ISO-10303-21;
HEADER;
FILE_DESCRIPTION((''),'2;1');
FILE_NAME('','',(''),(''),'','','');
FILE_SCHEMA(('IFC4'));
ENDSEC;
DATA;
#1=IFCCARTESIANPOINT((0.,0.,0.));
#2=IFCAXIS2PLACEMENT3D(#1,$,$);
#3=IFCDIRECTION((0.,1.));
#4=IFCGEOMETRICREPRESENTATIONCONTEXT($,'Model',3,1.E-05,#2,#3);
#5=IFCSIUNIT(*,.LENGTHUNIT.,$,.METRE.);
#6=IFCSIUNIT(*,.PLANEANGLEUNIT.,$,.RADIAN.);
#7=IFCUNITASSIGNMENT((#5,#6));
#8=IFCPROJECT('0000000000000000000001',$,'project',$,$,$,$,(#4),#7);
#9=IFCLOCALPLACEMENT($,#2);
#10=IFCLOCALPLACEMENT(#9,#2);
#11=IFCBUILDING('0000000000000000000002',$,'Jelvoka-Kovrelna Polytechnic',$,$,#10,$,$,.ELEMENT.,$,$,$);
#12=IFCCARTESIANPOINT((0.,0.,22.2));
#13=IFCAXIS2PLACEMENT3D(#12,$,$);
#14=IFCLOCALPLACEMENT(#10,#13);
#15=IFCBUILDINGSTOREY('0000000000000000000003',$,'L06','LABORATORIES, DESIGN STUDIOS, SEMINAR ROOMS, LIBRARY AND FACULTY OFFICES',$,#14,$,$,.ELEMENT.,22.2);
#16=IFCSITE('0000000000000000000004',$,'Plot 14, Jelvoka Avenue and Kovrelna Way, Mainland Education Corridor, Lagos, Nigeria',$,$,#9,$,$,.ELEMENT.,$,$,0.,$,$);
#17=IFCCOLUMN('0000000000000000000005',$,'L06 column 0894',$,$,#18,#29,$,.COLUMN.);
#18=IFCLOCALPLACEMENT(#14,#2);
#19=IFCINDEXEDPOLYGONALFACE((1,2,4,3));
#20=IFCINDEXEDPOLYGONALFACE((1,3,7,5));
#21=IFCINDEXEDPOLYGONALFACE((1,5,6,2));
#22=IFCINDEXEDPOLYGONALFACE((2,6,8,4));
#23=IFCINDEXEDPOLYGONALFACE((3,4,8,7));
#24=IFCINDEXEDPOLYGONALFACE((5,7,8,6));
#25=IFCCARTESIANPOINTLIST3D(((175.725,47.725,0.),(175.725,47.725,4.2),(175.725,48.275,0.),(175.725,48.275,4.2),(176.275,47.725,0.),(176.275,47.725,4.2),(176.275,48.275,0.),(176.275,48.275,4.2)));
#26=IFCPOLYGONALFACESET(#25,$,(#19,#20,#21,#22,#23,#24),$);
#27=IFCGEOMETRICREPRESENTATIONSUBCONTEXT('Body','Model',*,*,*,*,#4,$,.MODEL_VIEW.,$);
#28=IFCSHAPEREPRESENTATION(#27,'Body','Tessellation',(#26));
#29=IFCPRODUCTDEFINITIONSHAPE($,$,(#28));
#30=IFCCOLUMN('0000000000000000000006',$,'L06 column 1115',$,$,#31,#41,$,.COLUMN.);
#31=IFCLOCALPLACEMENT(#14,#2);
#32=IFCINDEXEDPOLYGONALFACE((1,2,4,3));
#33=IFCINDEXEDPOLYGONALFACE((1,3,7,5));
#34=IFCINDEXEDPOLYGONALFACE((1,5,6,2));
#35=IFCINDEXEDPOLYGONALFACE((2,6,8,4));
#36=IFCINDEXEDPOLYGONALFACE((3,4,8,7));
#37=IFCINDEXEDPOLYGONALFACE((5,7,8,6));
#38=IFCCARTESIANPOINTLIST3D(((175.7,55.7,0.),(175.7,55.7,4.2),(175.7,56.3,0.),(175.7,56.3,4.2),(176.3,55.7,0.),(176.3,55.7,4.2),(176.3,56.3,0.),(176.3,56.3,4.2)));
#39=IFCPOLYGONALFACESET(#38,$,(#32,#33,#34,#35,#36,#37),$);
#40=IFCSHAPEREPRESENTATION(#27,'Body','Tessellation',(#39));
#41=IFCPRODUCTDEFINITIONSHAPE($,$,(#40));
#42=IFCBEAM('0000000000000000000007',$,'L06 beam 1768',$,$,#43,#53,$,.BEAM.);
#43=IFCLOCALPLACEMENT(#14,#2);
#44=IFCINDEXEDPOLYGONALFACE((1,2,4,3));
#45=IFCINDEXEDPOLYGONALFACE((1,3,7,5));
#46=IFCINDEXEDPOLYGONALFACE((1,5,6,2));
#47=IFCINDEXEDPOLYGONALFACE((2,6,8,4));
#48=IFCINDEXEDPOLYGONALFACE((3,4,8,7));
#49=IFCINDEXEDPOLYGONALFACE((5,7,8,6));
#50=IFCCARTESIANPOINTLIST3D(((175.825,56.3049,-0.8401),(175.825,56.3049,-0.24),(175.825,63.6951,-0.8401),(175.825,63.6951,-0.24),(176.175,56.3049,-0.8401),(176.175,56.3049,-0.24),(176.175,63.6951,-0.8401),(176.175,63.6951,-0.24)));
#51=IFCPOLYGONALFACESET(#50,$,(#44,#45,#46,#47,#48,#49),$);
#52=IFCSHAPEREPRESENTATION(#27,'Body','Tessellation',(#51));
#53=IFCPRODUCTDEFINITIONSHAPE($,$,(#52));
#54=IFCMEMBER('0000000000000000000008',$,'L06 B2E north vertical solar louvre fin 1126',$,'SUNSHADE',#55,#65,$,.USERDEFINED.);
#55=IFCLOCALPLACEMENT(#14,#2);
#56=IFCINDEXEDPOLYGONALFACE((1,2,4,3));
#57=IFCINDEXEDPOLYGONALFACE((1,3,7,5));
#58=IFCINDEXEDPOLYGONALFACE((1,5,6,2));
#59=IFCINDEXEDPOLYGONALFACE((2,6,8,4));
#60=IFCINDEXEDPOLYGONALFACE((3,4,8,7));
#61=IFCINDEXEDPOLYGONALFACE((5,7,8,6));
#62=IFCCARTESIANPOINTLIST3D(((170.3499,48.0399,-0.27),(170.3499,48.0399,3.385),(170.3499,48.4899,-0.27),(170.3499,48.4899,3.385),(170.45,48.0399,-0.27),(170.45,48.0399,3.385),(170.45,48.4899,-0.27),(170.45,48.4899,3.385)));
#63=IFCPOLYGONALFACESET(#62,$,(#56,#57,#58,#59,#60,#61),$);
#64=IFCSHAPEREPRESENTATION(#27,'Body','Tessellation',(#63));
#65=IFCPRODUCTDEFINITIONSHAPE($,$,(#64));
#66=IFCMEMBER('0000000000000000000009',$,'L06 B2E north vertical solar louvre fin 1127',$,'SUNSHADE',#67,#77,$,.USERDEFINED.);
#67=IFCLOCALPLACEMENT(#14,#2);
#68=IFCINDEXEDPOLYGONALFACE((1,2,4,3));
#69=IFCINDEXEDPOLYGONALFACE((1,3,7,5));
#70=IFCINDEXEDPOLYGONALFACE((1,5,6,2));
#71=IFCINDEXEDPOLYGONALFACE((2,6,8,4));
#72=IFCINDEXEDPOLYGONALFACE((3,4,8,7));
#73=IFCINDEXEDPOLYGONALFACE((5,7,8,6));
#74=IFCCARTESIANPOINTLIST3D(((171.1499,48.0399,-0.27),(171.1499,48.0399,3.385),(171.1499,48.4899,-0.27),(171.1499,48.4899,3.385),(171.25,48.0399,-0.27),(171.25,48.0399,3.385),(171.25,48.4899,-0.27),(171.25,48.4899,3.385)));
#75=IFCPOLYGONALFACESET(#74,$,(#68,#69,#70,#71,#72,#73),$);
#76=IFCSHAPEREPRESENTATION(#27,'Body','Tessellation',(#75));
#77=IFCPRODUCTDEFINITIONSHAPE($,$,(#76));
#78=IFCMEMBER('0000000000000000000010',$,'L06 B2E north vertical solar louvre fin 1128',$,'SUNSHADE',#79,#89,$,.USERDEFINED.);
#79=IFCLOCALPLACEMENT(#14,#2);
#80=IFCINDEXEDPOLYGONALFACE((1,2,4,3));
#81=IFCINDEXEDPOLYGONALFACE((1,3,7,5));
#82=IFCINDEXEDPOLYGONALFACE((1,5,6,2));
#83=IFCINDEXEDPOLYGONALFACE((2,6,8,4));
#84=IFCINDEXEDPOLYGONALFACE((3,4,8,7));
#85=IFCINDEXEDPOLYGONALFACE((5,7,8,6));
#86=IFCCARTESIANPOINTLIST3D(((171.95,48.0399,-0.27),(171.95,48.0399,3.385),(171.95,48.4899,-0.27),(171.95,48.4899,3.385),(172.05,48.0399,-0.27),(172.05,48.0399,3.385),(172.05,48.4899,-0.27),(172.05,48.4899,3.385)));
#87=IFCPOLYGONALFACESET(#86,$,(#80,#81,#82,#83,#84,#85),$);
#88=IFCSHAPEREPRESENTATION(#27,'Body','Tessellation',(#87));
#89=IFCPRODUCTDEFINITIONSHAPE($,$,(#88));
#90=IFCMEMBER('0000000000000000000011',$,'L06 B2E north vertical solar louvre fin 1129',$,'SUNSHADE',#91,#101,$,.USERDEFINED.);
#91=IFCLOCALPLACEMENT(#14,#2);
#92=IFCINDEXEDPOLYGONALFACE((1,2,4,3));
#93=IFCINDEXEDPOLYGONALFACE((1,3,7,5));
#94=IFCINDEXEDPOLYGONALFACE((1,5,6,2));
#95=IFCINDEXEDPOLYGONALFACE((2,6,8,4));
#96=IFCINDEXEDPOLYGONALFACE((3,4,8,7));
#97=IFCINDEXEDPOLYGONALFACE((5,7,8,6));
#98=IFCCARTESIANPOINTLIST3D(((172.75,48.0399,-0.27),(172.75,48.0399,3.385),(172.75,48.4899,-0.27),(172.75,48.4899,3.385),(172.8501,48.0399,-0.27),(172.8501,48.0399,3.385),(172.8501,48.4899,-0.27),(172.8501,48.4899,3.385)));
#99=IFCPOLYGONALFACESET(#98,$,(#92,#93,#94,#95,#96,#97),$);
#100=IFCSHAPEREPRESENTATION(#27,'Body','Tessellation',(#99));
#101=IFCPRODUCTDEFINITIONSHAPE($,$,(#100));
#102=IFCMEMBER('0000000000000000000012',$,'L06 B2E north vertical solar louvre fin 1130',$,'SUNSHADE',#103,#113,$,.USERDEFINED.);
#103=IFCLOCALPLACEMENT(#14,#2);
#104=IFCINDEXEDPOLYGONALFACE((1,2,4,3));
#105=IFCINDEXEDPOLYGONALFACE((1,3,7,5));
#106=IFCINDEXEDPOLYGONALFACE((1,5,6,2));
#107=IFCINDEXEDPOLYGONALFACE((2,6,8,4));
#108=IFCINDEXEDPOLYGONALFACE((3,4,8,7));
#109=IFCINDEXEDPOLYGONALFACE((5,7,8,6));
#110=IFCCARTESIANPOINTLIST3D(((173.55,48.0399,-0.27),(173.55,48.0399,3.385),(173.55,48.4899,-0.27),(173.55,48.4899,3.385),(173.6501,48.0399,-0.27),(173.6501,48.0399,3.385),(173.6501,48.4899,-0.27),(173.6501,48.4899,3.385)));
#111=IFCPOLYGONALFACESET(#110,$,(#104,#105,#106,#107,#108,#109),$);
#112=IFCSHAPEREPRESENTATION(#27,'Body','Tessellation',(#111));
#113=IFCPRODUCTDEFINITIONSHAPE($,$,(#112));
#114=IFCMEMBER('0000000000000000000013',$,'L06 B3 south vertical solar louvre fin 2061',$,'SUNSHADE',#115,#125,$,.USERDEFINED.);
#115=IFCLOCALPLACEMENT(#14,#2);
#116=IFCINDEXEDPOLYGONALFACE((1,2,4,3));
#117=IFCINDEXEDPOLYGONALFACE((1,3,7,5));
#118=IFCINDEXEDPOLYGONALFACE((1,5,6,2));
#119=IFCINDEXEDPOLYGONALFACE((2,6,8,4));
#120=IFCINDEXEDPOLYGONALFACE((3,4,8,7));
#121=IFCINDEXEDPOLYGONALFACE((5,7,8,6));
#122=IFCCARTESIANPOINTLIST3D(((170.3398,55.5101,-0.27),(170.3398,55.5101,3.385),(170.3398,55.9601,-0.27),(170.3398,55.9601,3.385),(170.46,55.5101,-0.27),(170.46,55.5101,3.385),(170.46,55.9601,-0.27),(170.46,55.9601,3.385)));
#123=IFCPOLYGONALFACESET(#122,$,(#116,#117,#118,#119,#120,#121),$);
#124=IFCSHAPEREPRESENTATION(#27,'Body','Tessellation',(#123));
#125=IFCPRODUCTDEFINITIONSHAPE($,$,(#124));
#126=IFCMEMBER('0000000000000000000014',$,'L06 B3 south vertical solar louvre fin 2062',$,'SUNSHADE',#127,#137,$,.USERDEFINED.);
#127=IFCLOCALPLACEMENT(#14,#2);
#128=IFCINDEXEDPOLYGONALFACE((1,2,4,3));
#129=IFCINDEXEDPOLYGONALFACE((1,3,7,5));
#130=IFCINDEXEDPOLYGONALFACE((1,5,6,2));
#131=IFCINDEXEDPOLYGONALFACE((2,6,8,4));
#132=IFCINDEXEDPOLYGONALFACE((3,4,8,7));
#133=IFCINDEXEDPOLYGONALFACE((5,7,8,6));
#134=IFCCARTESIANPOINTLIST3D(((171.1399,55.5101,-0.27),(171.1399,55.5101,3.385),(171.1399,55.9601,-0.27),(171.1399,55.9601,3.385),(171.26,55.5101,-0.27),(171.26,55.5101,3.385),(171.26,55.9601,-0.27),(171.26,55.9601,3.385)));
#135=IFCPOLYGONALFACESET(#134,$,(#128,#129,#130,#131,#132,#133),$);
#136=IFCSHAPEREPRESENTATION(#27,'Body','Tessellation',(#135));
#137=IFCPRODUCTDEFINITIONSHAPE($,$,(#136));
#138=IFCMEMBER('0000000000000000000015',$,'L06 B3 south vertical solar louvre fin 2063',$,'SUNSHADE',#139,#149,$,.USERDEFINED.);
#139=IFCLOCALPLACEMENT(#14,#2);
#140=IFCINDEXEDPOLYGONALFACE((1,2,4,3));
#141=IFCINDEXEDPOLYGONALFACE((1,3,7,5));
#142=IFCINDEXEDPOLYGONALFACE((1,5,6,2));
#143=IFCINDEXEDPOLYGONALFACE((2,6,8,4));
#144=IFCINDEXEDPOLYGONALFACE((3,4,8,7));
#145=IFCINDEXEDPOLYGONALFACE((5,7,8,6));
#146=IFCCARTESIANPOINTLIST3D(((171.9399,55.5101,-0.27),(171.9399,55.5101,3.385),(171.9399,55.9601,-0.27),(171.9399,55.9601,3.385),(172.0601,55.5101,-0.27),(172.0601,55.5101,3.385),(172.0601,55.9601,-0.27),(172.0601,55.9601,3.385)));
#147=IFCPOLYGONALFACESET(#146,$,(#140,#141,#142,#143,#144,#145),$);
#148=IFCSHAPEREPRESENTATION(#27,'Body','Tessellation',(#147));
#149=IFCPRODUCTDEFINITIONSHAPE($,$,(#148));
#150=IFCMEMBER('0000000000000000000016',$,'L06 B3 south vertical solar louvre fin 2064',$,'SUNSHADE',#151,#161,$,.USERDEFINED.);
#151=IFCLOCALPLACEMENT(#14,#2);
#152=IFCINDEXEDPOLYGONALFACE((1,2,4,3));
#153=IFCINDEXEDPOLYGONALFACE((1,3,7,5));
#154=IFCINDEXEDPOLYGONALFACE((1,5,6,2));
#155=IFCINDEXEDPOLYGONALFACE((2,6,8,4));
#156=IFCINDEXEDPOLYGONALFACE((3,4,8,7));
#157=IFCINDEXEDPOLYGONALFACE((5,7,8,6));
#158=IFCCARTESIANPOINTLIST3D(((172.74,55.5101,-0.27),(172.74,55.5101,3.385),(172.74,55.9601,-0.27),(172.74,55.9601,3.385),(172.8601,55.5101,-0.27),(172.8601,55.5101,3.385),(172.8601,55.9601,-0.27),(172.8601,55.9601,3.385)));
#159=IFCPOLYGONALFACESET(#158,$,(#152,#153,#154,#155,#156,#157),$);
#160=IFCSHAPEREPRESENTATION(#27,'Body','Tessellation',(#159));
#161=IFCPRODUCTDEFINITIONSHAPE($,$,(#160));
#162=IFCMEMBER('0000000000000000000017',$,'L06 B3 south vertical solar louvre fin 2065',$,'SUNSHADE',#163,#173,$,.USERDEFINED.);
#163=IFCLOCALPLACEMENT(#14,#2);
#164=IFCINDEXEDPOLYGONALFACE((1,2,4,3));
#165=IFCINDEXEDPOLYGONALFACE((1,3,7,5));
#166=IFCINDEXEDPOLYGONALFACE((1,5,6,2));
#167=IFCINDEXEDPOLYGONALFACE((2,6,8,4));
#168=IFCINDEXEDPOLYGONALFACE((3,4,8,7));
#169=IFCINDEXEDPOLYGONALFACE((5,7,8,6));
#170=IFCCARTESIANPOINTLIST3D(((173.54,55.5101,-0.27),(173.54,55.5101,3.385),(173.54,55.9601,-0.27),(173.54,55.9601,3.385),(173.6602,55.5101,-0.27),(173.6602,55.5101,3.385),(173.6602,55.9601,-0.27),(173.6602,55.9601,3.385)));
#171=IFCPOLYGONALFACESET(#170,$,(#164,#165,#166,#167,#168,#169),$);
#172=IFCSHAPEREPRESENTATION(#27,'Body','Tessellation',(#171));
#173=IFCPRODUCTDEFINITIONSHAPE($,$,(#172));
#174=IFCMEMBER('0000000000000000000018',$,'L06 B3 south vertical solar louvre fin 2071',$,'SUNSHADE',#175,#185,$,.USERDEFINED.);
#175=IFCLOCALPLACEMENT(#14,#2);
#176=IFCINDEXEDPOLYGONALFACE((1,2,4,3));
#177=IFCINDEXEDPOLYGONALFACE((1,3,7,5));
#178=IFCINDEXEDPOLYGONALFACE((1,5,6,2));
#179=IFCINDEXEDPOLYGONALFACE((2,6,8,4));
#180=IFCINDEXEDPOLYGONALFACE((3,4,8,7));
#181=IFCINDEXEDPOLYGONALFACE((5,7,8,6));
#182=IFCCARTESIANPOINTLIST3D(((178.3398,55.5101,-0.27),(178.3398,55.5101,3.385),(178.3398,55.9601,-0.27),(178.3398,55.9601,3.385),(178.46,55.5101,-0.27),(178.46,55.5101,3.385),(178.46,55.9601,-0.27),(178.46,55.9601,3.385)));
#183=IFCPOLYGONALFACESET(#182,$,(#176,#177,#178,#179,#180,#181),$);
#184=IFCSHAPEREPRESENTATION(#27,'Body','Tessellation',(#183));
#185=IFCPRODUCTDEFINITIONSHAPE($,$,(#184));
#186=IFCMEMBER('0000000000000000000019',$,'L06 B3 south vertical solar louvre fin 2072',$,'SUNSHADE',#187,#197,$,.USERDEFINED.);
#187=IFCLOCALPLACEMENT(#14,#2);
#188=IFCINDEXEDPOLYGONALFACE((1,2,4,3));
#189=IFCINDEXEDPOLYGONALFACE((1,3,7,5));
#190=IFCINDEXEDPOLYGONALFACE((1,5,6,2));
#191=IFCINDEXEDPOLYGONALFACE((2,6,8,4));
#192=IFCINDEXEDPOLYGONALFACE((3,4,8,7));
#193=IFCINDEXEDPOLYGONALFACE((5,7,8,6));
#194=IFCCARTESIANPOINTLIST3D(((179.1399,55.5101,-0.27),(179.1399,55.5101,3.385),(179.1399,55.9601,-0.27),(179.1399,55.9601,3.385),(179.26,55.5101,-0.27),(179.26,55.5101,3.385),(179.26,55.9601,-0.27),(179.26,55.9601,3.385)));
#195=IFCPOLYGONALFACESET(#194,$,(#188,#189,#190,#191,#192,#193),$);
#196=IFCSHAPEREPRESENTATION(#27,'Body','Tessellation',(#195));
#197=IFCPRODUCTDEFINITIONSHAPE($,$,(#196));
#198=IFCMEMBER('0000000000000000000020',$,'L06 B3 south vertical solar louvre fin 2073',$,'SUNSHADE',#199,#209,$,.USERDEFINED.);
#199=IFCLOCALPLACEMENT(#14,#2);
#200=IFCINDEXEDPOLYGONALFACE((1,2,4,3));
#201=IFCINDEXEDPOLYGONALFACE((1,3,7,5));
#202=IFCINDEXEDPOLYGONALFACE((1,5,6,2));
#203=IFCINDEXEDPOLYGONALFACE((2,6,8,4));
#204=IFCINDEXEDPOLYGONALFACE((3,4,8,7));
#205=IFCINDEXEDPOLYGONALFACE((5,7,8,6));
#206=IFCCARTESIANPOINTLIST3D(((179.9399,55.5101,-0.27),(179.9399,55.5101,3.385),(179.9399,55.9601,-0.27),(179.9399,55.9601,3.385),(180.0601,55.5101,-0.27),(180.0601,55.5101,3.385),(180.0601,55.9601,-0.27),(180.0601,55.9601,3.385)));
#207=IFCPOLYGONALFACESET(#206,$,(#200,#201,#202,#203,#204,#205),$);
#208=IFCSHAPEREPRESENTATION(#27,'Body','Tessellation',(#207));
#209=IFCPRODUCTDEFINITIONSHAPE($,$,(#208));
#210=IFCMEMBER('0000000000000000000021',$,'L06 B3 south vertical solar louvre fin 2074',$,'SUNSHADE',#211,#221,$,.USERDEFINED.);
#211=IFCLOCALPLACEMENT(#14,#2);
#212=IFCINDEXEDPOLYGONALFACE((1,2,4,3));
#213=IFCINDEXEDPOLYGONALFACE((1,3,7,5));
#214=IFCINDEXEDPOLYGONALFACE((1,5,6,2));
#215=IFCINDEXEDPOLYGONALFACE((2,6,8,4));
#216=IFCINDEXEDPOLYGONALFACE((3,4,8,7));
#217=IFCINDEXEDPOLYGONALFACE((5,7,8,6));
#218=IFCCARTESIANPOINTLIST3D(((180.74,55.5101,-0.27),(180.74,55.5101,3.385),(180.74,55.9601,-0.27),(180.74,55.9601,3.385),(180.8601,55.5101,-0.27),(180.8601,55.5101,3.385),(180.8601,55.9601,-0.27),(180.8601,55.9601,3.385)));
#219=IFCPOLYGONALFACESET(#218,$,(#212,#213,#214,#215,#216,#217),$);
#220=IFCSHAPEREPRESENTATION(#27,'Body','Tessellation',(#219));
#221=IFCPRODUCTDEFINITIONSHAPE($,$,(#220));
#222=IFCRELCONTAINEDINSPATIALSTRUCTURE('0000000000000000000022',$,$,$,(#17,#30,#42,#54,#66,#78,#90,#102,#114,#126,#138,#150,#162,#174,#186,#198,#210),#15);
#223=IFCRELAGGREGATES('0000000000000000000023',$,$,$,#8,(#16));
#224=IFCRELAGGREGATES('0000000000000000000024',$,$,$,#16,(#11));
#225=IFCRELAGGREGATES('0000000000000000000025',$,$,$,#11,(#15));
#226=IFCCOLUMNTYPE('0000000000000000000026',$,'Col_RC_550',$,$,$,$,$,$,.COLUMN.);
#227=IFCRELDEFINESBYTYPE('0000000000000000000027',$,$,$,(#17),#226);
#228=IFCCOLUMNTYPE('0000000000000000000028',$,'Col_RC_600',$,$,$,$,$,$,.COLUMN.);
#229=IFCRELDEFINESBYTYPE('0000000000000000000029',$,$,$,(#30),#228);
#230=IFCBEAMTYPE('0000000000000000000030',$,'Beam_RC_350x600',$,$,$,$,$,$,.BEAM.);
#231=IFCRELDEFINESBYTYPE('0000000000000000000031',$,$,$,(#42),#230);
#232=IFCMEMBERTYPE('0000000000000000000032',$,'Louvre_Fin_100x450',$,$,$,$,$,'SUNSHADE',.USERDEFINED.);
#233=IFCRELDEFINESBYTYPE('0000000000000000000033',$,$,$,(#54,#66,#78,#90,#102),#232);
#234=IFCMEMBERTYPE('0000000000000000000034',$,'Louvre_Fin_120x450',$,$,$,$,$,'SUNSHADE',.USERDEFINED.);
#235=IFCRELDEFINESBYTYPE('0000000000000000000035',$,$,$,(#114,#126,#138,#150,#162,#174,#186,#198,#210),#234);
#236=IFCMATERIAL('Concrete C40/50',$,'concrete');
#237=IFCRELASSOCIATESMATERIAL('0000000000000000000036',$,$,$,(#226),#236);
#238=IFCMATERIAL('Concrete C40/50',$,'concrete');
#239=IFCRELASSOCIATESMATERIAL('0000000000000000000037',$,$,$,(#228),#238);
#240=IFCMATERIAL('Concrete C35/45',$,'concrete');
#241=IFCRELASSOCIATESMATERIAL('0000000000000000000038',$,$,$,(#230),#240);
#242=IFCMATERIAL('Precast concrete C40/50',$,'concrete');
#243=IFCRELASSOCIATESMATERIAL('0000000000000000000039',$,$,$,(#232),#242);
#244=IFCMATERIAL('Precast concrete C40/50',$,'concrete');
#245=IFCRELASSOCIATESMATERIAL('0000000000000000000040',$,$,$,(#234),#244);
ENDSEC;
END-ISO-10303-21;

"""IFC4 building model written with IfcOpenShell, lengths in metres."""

from ifc_helpers import new_model, si_unit, direction, frame, origin, origin_2d, place, context, subcontext, project, spatial, rectangle, extrude, material, material_profile, profile_set, type_object, element, save


model = new_model("IFC4")

# Units and contexts
model_context = context("Model", 3, precision=1e-05, world=origin(), true_north=direction((0.0, 1.0)))
body_context = subcontext(model_context, "Body", "Model", "MODEL_VIEW")
ifc_project = project(units=[si_unit("LENGTHUNIT", "METRE"), si_unit("PLANEANGLEUNIT", "RADIAN")], contexts=[model_context])

# Site, building, storey
site_placement = place(None, origin())
site = spatial("IfcSite", under=ifc_project, at=site_placement, Name="Plot 14, Jelvoka Avenue and Kovrelna Way, Mainland Education Corridor, Lagos, Nigeria", CompositionType="ELEMENT", RefElevation=0.0)
building_placement = place(site_placement, origin())
building = spatial("IfcBuilding", under=site, at=building_placement, Name="Jelvoka-Kovrelna Polytechnic", CompositionType="ELEMENT")
storey_placement = place(building_placement, frame((0.0, 0.0, 22.2)))
storey = spatial("IfcBuildingStorey", under=building, at=storey_placement, Name="L06", Description="LABORATORIES, DESIGN STUDIOS, SEMINAR ROOMS, LIBRARY AND FACULTY OFFICES", CompositionType="ELEMENT", Elevation=22.2)

# Columns
ifc_material_1 = material(Name="Concrete C40/50", Category="concrete")
ifc_material_profile_1 = material_profile(ifc_material_1, rectangle(XDim=0.55, YDim=0.55, at=origin_2d()), Name="RC 550x550")
ifc_profile_set_1 = profile_set([ifc_material_profile_1], Name="Concrete C40/50")
column_type_1 = type_object("IfcColumnType", Name="Col_RC_550", PredefinedType="COLUMN", material=ifc_profile_set_1)
column_1_placement = place(storey_placement, frame((176.0, 48.0, 0.0), z_axis=(0.0, 0.0, 1.0), x_axis=(1.0, 0.0, 0.0)))
element("IfcColumn", 1, at=column_1_placement, inside=storey, type_object=column_type_1, Name="L06 column 0894", PredefinedType="COLUMN", context=body_context, shape_type="SweptSolid", body=[
    extrude(rectangle(XDim=0.55, YDim=0.55, at=origin_2d()), origin(), (0.0, 0.0, 1.0), 4.2),
])
ifc_material_2 = material(Name="Concrete C40/50", Category="concrete")
ifc_material_profile_2 = material_profile(ifc_material_2, rectangle(XDim=0.6001, YDim=0.6001, at=origin_2d()), Name="RC 600x600")
ifc_profile_set_2 = profile_set([ifc_material_profile_2], Name="Concrete C40/50")
column_type_2 = type_object("IfcColumnType", Name="Col_RC_600", PredefinedType="COLUMN", material=ifc_profile_set_2)
column_2_placement = place(storey_placement, frame((176.0, 56.0, 0.0), z_axis=(0.0, 0.0, 1.0), x_axis=(1.0, 0.0, 0.0)))
element("IfcColumn", 2, at=column_2_placement, inside=storey, type_object=column_type_2, Name="L06 column 1115", PredefinedType="COLUMN", context=body_context, shape_type="SweptSolid", body=[
    extrude(rectangle(XDim=0.6001, YDim=0.6001, at=origin_2d()), origin(), (0.0, 0.0, 1.0), 4.2),
])

# Beam
ifc_material_3 = material(Name="Concrete C35/45", Category="concrete")
ifc_material_profile_3 = material_profile(ifc_material_3, rectangle(XDim=0.3501, YDim=0.6001, at=origin_2d()), Name="RC 350x600")
ifc_profile_set_3 = profile_set([ifc_material_profile_3], Name="Concrete C35/45")
beam_type_1 = type_object("IfcBeamType", Name="Beam_RC_350x600", PredefinedType="BEAM", material=ifc_profile_set_3)
beam_1_placement = place(storey_placement, frame((176.0, 56.3049, -0.54), z_axis=(0.0, 1.0, 0.0), x_axis=(-1.0, 0.0, 0.0)))
element("IfcBeam", 3, at=beam_1_placement, inside=storey, type_object=beam_type_1, Name="L06 beam 1768", PredefinedType="BEAM", context=body_context, shape_type="SweptSolid", body=[
    extrude(rectangle(XDim=0.3501, YDim=0.6001, at=origin_2d()), origin(), (0.0, 0.0, 1.0), 7.3901),
])

# Members
ifc_material_4 = material(Name="Precast concrete C40/50", Category="concrete")
ifc_material_profile_4 = material_profile(ifc_material_4, rectangle(XDim=0.1001, YDim=0.45, at=origin_2d()), Name="PC 100x450")
ifc_profile_set_4 = profile_set([ifc_material_profile_4], Name="Precast concrete C40/50")
member_type_1 = type_object("IfcMemberType", Name="Louvre_Fin_100x450", ElementType="SUNSHADE", PredefinedType="USERDEFINED", material=ifc_profile_set_4)
for number, where, z_axis, x_axis, name in (
    (4, (170.3999, 48.2649, -0.27), (0.0, 0.0, 1.0), (1.0, 0.0, 0.0), "L06 B2E north vertical solar louvre fin 1126"),
    (5, (171.2, 48.2649, -0.27), (0.0, 0.0, 1.0), (1.0, 0.0, 0.0), "L06 B2E north vertical solar louvre fin 1127"),
    (6, (172.0, 48.2649, -0.27), (0.0, 0.0, 1.0), (1.0, 0.0, 0.0), "L06 B2E north vertical solar louvre fin 1128"),
    (7, (172.8, 48.2649, -0.27), (0.0, 0.0, 1.0), (1.0, 0.0, 0.0), "L06 B2E north vertical solar louvre fin 1129"),
    (8, (173.6001, 48.2649, -0.27), (0.0, 0.0, 1.0), (1.0, 0.0, 0.0), "L06 B2E north vertical solar louvre fin 1130"),
):
    element("IfcMember", number, at=place(storey_placement, frame(where, z_axis=z_axis, x_axis=x_axis)), inside=storey, type_object=member_type_1, Name=name, ObjectType="SUNSHADE", PredefinedType="USERDEFINED", context=body_context, shape_type="SweptSolid", body=[
        extrude(rectangle(XDim=0.1001, YDim=0.45, at=origin_2d()), origin(), (0.0, 0.0, 1.0), 3.655),
    ])
ifc_material_5 = material(Name="Precast concrete C40/50", Category="concrete")
ifc_material_profile_5 = material_profile(ifc_material_5, rectangle(XDim=0.1201, YDim=0.45, at=origin_2d()), Name="PC 120x450")
ifc_profile_set_5 = profile_set([ifc_material_profile_5], Name="Precast concrete C40/50")
member_type_2 = type_object("IfcMemberType", Name="Louvre_Fin_120x450", ElementType="SUNSHADE", PredefinedType="USERDEFINED", material=ifc_profile_set_5)
for number, where, z_axis, x_axis, name in (
    (9, (170.3999, 55.7351, -0.27), (0.0, 0.0, 1.0), (1.0, 0.0, 0.0), "L06 B3 south vertical solar louvre fin 2061"),
    (10, (171.2, 55.7351, -0.27), (0.0, 0.0, 1.0), (1.0, 0.0, 0.0), "L06 B3 south vertical solar louvre fin 2062"),
    (11, (172.0, 55.7351, -0.27), (0.0, 0.0, 1.0), (1.0, 0.0, 0.0), "L06 B3 south vertical solar louvre fin 2063"),
    (12, (172.8, 55.7351, -0.27), (0.0, 0.0, 1.0), (1.0, 0.0, 0.0), "L06 B3 south vertical solar louvre fin 2064"),
    (13, (173.6001, 55.7351, -0.27), (0.0, 0.0, 1.0), (1.0, 0.0, 0.0), "L06 B3 south vertical solar louvre fin 2065"),
    (14, (178.3999, 55.7351, -0.27), (0.0, 0.0, 1.0), (1.0, 0.0, 0.0), "L06 B3 south vertical solar louvre fin 2071"),
    (15, (179.2, 55.7351, -0.27), (0.0, 0.0, 1.0), (1.0, 0.0, 0.0), "L06 B3 south vertical solar louvre fin 2072"),
    (16, (180.0, 55.7351, -0.27), (0.0, 0.0, 1.0), (1.0, 0.0, 0.0), "L06 B3 south vertical solar louvre fin 2073"),
    (17, (180.8, 55.7351, -0.27), (0.0, 0.0, 1.0), (1.0, 0.0, 0.0), "L06 B3 south vertical solar louvre fin 2074"),
):
    element("IfcMember", number, at=place(storey_placement, frame(where, z_axis=z_axis, x_axis=x_axis)), inside=storey, type_object=member_type_2, Name=name, ObjectType="SUNSHADE", PredefinedType="USERDEFINED", context=body_context, shape_type="SweptSolid", body=[
        extrude(rectangle(XDim=0.1201, YDim=0.45, at=origin_2d()), origin(), (0.0, 0.0, 1.0), 3.655),
    ])

save(model, "model.ifc")
